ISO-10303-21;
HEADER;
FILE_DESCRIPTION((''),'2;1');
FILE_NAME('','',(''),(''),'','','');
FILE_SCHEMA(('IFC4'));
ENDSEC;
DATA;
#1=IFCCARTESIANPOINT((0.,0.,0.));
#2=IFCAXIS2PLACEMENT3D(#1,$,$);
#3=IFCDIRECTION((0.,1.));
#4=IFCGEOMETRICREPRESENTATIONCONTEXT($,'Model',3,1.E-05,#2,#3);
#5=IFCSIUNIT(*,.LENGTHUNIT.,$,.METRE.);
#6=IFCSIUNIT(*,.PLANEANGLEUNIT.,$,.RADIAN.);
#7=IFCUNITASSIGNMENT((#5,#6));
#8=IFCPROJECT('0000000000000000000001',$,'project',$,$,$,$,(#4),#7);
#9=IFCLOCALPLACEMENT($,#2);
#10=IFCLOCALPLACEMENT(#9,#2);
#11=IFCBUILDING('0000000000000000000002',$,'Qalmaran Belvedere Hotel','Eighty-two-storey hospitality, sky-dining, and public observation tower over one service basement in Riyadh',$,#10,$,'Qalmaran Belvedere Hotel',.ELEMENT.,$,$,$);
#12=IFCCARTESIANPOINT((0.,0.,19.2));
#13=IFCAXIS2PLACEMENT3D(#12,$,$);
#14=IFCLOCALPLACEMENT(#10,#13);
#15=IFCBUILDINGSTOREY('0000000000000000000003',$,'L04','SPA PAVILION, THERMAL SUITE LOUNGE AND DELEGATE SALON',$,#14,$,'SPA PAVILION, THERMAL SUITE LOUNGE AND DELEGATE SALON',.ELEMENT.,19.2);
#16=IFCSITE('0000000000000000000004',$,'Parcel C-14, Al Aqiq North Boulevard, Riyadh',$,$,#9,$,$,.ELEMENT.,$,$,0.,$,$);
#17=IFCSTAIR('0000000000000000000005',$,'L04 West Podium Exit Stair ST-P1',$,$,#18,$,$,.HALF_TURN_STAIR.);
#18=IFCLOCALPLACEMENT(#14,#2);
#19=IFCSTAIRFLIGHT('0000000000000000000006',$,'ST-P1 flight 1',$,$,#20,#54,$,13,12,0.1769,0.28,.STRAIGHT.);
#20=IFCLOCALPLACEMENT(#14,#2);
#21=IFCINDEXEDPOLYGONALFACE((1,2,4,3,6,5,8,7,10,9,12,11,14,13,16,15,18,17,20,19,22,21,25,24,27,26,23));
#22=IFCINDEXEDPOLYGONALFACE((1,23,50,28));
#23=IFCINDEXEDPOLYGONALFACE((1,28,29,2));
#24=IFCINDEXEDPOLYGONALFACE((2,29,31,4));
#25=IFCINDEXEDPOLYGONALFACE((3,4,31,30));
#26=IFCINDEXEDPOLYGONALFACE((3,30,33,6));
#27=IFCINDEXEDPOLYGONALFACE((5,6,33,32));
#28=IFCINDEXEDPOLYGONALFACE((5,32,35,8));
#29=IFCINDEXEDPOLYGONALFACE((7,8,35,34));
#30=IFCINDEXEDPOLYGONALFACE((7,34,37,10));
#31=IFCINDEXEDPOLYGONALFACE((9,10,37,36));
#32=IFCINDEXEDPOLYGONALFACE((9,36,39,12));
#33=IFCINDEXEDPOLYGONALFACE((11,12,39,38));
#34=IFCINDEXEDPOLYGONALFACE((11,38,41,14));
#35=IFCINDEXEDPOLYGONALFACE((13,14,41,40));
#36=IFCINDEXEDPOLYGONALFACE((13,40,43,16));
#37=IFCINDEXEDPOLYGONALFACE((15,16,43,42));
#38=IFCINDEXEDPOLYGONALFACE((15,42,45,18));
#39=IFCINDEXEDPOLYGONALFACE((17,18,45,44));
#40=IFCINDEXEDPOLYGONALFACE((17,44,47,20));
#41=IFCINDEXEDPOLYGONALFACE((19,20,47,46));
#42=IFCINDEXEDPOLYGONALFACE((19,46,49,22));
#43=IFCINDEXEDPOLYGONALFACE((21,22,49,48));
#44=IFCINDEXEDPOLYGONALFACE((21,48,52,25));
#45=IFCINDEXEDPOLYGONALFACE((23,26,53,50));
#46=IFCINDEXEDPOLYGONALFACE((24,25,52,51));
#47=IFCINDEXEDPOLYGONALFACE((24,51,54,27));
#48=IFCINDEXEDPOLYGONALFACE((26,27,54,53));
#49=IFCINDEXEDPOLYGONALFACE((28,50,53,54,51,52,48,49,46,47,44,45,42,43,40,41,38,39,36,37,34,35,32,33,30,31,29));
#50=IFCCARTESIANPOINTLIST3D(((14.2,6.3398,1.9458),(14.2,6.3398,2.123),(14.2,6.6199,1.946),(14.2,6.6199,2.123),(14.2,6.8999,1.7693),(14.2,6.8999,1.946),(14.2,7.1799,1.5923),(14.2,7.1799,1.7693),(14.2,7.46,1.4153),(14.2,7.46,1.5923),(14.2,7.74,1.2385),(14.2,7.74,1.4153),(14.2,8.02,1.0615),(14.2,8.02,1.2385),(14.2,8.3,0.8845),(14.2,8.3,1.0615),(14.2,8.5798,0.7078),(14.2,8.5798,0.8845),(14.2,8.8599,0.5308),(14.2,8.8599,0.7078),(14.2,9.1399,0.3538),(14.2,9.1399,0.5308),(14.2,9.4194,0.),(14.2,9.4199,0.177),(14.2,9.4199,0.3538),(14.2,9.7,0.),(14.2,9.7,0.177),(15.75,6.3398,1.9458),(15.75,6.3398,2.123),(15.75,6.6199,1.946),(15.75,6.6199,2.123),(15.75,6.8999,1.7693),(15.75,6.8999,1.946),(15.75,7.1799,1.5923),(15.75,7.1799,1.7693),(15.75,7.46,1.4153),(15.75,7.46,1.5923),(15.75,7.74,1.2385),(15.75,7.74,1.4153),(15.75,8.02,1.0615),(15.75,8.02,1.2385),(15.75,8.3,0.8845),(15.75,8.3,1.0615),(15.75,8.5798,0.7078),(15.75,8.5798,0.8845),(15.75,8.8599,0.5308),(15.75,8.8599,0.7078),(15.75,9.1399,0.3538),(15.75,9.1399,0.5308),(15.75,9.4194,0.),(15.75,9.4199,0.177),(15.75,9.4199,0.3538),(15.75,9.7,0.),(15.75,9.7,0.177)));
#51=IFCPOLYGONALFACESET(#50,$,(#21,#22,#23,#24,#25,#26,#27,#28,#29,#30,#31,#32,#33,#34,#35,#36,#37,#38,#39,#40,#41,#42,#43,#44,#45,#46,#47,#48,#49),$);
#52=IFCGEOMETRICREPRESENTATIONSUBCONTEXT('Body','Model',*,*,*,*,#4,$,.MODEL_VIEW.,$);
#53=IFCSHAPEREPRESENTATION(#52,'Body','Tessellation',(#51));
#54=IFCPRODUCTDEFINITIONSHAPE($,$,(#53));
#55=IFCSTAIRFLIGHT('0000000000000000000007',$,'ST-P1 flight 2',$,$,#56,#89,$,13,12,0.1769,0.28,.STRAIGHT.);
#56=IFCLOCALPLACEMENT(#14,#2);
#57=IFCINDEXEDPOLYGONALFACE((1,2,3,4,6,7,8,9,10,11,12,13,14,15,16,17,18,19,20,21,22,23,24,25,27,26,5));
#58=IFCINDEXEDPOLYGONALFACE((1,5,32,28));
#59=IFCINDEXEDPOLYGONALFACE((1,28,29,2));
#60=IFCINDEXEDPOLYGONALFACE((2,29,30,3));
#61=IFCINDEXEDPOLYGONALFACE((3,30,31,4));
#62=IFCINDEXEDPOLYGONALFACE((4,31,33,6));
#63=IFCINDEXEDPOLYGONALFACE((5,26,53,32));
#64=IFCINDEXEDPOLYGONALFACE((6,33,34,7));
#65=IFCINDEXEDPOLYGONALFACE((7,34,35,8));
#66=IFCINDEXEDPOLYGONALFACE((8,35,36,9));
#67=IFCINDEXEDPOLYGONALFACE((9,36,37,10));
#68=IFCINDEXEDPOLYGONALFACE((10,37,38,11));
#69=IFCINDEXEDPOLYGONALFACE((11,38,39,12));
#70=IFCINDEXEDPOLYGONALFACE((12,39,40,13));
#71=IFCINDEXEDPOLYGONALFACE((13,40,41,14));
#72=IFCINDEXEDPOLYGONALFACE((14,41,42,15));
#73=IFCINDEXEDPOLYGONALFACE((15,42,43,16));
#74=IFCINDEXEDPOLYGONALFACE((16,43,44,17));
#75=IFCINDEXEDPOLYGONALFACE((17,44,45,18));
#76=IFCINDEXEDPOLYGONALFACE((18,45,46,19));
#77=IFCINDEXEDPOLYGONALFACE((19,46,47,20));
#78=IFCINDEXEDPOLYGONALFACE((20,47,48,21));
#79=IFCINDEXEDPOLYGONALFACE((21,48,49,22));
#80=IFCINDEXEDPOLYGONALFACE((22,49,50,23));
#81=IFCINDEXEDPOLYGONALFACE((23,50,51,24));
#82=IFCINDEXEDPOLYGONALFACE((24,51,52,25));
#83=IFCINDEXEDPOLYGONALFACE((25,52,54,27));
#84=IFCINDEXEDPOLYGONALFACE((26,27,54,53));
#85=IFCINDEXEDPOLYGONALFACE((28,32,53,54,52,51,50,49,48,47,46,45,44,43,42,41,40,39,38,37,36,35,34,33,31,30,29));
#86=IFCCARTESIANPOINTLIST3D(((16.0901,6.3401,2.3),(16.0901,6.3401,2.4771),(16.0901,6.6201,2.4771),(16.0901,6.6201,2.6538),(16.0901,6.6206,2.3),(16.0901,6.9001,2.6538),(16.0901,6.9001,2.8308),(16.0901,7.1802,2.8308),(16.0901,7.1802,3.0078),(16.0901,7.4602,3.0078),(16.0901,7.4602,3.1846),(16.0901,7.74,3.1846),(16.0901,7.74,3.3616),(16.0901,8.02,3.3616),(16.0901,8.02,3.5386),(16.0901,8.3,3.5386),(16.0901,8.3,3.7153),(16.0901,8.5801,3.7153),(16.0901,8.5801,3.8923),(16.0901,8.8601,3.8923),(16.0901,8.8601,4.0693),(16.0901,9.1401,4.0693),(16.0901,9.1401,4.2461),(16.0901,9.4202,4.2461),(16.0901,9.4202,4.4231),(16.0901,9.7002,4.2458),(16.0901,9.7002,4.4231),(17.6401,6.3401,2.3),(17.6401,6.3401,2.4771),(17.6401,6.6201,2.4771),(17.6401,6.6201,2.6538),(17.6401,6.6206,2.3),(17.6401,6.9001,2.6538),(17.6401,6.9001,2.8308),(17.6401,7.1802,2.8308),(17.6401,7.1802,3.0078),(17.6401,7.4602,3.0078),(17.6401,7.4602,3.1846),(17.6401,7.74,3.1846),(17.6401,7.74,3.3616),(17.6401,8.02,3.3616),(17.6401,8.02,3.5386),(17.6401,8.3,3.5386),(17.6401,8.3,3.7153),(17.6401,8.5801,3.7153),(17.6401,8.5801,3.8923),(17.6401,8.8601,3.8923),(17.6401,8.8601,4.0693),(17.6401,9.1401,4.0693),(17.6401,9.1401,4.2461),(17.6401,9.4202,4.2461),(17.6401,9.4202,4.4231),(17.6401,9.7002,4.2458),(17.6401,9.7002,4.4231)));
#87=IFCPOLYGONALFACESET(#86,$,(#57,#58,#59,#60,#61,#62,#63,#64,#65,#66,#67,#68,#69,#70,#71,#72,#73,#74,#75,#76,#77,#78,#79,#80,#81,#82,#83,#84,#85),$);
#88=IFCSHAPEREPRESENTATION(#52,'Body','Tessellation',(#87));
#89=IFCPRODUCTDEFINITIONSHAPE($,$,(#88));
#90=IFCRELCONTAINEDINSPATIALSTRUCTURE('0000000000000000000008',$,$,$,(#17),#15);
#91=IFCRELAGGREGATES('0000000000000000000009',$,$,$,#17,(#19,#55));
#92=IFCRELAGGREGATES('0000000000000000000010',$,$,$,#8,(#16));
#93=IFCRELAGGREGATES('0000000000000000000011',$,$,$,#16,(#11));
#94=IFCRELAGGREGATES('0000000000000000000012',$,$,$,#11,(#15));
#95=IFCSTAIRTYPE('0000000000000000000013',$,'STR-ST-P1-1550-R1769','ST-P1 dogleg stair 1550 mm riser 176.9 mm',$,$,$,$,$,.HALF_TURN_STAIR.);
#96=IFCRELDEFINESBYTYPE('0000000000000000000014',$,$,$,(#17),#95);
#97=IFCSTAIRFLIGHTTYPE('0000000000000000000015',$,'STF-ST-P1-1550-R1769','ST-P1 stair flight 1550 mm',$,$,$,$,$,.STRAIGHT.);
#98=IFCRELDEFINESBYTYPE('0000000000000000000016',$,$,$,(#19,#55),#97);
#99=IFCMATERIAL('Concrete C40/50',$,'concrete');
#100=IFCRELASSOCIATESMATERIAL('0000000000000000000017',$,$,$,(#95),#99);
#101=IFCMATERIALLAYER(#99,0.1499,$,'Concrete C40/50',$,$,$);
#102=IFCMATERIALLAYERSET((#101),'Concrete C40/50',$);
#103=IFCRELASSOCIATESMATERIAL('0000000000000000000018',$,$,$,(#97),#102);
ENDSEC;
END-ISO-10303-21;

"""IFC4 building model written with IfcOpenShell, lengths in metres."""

from ifc_helpers import new_model, si_unit, direction, frame, origin, place, context, subcontext, project, spatial, polyline, outline, extrude, material, layer, layer_set, type_object, element, aggregate, save


model = new_model("IFC4")

# Units and contexts
model_context = context("Model", 3, precision=1e-05, world=origin(), true_north=direction((0.0, 1.0)))
body_context = subcontext(model_context, "Body", "Model", "MODEL_VIEW")
ifc_project = project(units=[si_unit("LENGTHUNIT", "METRE"), si_unit("PLANEANGLEUNIT", "RADIAN")], contexts=[model_context])

# Site, building, storey
site_placement = place(None, origin())
site = spatial("IfcSite", under=ifc_project, at=site_placement, Name="Parcel C-14, Al Aqiq North Boulevard, Riyadh", CompositionType="ELEMENT", RefElevation=0.0)
building_placement = place(site_placement, origin())
building = spatial("IfcBuilding", under=site, at=building_placement, Name="Qalmaran Belvedere Hotel", Description="Eighty-two-storey hospitality, sky-dining, and public observation tower over one service basement in Riyadh", LongName="Qalmaran Belvedere Hotel", CompositionType="ELEMENT")
storey_placement = place(building_placement, frame((0.0, 0.0, 19.2)))
storey = spatial("IfcBuildingStorey", under=building, at=storey_placement, Name="L04", Description="SPA PAVILION, THERMAL SUITE LOUNGE AND DELEGATE SALON", LongName="SPA PAVILION, THERMAL SUITE LOUNGE AND DELEGATE SALON", CompositionType="ELEMENT", Elevation=19.2)

# Stair, stair flights
ifc_material_1 = material(Name="Concrete C40/50", Category="concrete")
stair_type = type_object("IfcStairType", Name="STR-ST-P1-1550-R1769", Description="ST-P1 dogleg stair 1550 mm riser 176.9 mm", PredefinedType="HALF_TURN_STAIR", material=ifc_material_1)
stair_placement = place(storey_placement, origin())
stair = element("IfcStair", 1, at=stair_placement, inside=storey, type_object=stair_type, Name="L04 West Podium Exit Stair ST-P1", PredefinedType="HALF_TURN_STAIR")
ifc_layer_1 = layer(ifc_material_1, 0.1499, Name="Concrete C40/50")
ifc_layer_set_1 = layer_set([ifc_layer_1], Name="Concrete C40/50")
stair_flight_type = type_object("IfcStairFlightType", Name="STF-ST-P1-1550-R1769", Description="ST-P1 stair flight 1550 mm", PredefinedType="STRAIGHT", material=ifc_layer_set_1)
stair_flight_1_placement = place(storey_placement, frame((14.9751, 9.7, 0.0), z_axis=(0.0, 0.0, 1.0), x_axis=(0.0, -1.0, 0.0)))
stair_flight_1 = element("IfcStairFlight", 2, at=stair_flight_1_placement, type_object=stair_flight_type, Name="ST-P1 flight 1", NumberOfRisers=13, NumberOfTreads=12, PredefinedType="STRAIGHT", RiserHeight=0.1769, TreadLength=0.28, context=body_context, shape_type="SweptSolid", body=[
    extrude(outline(polyline([(0.0, 0.0), (0.0, 0.177), (0.28, 0.177), (0.28, 0.3538), (0.5601, 0.3538), (0.5601, 0.5308), (0.8401, 0.5308), (0.8401, 0.7078), (1.1201, 0.7078), (1.1201, 0.8845), (1.3999, 0.8845), (1.3999, 1.0615), (1.6799, 1.0615), (1.6799, 1.2385), (1.96, 1.2385), (1.96, 1.4153), (2.24, 1.4153), (2.24, 1.5923), (2.52, 1.5923), (2.52, 1.7693), (2.8, 1.7693), (2.8, 1.946), (3.0801, 1.946), (3.0801, 2.123), (3.3601, 2.123), (3.3601, 2.3), (3.3601, 1.9458), (0.2805, 0.0), (0.0, 0.0)])), frame((0.0, 0.7749, 0.0), z_axis=(0.0, -1.0, 0.0), x_axis=(1.0, 0.0, 0.0)), (0.0, 0.0, 1.0), 1.55),
])
stair_flight_2_placement = place(storey_placement, frame((16.865, 6.3401, 2.3), z_axis=(0.0, 0.0, 1.0), x_axis=(0.0, 1.0, 0.0)))
stair_flight_2 = element("IfcStairFlight", 3, at=stair_flight_2_placement, type_object=stair_flight_type, Name="ST-P1 flight 2", NumberOfRisers=13, NumberOfTreads=12, PredefinedType="STRAIGHT", RiserHeight=0.1769, TreadLength=0.28, context=body_context, shape_type="SweptSolid", body=[
    extrude(outline(polyline([(0.0, 0.0), (0.0, 0.177), (0.28, 0.177), (0.28, 0.3538), (0.5601, 0.3538), (0.5601, 0.5308), (0.8401, 0.5308), (0.8401, 0.7078), (1.1201, 0.7078), (1.1201, 0.8845), (1.3999, 0.8845), (1.3999, 1.0615), (1.6799, 1.0615), (1.6799, 1.2385), (1.96, 1.2385), (1.96, 1.4153), (2.24, 1.4153), (2.24, 1.5923), (2.52, 1.5923), (2.52, 1.7693), (2.8, 1.7693), (2.8, 1.946), (3.0801, 1.946), (3.0801, 2.123), (3.3601, 2.123), (3.3601, 2.3), (3.3601, 1.9458), (0.2805, 0.0), (0.0, 0.0)])), frame((0.0, 0.7749, 0.0), z_axis=(0.0, -1.0, 0.0), x_axis=(1.0, 0.0, 0.0)), (0.0, 0.0, 1.0), 1.55),
])
aggregate(stair, [stair_flight_1, stair_flight_2])

save(model, "model.ifc")
